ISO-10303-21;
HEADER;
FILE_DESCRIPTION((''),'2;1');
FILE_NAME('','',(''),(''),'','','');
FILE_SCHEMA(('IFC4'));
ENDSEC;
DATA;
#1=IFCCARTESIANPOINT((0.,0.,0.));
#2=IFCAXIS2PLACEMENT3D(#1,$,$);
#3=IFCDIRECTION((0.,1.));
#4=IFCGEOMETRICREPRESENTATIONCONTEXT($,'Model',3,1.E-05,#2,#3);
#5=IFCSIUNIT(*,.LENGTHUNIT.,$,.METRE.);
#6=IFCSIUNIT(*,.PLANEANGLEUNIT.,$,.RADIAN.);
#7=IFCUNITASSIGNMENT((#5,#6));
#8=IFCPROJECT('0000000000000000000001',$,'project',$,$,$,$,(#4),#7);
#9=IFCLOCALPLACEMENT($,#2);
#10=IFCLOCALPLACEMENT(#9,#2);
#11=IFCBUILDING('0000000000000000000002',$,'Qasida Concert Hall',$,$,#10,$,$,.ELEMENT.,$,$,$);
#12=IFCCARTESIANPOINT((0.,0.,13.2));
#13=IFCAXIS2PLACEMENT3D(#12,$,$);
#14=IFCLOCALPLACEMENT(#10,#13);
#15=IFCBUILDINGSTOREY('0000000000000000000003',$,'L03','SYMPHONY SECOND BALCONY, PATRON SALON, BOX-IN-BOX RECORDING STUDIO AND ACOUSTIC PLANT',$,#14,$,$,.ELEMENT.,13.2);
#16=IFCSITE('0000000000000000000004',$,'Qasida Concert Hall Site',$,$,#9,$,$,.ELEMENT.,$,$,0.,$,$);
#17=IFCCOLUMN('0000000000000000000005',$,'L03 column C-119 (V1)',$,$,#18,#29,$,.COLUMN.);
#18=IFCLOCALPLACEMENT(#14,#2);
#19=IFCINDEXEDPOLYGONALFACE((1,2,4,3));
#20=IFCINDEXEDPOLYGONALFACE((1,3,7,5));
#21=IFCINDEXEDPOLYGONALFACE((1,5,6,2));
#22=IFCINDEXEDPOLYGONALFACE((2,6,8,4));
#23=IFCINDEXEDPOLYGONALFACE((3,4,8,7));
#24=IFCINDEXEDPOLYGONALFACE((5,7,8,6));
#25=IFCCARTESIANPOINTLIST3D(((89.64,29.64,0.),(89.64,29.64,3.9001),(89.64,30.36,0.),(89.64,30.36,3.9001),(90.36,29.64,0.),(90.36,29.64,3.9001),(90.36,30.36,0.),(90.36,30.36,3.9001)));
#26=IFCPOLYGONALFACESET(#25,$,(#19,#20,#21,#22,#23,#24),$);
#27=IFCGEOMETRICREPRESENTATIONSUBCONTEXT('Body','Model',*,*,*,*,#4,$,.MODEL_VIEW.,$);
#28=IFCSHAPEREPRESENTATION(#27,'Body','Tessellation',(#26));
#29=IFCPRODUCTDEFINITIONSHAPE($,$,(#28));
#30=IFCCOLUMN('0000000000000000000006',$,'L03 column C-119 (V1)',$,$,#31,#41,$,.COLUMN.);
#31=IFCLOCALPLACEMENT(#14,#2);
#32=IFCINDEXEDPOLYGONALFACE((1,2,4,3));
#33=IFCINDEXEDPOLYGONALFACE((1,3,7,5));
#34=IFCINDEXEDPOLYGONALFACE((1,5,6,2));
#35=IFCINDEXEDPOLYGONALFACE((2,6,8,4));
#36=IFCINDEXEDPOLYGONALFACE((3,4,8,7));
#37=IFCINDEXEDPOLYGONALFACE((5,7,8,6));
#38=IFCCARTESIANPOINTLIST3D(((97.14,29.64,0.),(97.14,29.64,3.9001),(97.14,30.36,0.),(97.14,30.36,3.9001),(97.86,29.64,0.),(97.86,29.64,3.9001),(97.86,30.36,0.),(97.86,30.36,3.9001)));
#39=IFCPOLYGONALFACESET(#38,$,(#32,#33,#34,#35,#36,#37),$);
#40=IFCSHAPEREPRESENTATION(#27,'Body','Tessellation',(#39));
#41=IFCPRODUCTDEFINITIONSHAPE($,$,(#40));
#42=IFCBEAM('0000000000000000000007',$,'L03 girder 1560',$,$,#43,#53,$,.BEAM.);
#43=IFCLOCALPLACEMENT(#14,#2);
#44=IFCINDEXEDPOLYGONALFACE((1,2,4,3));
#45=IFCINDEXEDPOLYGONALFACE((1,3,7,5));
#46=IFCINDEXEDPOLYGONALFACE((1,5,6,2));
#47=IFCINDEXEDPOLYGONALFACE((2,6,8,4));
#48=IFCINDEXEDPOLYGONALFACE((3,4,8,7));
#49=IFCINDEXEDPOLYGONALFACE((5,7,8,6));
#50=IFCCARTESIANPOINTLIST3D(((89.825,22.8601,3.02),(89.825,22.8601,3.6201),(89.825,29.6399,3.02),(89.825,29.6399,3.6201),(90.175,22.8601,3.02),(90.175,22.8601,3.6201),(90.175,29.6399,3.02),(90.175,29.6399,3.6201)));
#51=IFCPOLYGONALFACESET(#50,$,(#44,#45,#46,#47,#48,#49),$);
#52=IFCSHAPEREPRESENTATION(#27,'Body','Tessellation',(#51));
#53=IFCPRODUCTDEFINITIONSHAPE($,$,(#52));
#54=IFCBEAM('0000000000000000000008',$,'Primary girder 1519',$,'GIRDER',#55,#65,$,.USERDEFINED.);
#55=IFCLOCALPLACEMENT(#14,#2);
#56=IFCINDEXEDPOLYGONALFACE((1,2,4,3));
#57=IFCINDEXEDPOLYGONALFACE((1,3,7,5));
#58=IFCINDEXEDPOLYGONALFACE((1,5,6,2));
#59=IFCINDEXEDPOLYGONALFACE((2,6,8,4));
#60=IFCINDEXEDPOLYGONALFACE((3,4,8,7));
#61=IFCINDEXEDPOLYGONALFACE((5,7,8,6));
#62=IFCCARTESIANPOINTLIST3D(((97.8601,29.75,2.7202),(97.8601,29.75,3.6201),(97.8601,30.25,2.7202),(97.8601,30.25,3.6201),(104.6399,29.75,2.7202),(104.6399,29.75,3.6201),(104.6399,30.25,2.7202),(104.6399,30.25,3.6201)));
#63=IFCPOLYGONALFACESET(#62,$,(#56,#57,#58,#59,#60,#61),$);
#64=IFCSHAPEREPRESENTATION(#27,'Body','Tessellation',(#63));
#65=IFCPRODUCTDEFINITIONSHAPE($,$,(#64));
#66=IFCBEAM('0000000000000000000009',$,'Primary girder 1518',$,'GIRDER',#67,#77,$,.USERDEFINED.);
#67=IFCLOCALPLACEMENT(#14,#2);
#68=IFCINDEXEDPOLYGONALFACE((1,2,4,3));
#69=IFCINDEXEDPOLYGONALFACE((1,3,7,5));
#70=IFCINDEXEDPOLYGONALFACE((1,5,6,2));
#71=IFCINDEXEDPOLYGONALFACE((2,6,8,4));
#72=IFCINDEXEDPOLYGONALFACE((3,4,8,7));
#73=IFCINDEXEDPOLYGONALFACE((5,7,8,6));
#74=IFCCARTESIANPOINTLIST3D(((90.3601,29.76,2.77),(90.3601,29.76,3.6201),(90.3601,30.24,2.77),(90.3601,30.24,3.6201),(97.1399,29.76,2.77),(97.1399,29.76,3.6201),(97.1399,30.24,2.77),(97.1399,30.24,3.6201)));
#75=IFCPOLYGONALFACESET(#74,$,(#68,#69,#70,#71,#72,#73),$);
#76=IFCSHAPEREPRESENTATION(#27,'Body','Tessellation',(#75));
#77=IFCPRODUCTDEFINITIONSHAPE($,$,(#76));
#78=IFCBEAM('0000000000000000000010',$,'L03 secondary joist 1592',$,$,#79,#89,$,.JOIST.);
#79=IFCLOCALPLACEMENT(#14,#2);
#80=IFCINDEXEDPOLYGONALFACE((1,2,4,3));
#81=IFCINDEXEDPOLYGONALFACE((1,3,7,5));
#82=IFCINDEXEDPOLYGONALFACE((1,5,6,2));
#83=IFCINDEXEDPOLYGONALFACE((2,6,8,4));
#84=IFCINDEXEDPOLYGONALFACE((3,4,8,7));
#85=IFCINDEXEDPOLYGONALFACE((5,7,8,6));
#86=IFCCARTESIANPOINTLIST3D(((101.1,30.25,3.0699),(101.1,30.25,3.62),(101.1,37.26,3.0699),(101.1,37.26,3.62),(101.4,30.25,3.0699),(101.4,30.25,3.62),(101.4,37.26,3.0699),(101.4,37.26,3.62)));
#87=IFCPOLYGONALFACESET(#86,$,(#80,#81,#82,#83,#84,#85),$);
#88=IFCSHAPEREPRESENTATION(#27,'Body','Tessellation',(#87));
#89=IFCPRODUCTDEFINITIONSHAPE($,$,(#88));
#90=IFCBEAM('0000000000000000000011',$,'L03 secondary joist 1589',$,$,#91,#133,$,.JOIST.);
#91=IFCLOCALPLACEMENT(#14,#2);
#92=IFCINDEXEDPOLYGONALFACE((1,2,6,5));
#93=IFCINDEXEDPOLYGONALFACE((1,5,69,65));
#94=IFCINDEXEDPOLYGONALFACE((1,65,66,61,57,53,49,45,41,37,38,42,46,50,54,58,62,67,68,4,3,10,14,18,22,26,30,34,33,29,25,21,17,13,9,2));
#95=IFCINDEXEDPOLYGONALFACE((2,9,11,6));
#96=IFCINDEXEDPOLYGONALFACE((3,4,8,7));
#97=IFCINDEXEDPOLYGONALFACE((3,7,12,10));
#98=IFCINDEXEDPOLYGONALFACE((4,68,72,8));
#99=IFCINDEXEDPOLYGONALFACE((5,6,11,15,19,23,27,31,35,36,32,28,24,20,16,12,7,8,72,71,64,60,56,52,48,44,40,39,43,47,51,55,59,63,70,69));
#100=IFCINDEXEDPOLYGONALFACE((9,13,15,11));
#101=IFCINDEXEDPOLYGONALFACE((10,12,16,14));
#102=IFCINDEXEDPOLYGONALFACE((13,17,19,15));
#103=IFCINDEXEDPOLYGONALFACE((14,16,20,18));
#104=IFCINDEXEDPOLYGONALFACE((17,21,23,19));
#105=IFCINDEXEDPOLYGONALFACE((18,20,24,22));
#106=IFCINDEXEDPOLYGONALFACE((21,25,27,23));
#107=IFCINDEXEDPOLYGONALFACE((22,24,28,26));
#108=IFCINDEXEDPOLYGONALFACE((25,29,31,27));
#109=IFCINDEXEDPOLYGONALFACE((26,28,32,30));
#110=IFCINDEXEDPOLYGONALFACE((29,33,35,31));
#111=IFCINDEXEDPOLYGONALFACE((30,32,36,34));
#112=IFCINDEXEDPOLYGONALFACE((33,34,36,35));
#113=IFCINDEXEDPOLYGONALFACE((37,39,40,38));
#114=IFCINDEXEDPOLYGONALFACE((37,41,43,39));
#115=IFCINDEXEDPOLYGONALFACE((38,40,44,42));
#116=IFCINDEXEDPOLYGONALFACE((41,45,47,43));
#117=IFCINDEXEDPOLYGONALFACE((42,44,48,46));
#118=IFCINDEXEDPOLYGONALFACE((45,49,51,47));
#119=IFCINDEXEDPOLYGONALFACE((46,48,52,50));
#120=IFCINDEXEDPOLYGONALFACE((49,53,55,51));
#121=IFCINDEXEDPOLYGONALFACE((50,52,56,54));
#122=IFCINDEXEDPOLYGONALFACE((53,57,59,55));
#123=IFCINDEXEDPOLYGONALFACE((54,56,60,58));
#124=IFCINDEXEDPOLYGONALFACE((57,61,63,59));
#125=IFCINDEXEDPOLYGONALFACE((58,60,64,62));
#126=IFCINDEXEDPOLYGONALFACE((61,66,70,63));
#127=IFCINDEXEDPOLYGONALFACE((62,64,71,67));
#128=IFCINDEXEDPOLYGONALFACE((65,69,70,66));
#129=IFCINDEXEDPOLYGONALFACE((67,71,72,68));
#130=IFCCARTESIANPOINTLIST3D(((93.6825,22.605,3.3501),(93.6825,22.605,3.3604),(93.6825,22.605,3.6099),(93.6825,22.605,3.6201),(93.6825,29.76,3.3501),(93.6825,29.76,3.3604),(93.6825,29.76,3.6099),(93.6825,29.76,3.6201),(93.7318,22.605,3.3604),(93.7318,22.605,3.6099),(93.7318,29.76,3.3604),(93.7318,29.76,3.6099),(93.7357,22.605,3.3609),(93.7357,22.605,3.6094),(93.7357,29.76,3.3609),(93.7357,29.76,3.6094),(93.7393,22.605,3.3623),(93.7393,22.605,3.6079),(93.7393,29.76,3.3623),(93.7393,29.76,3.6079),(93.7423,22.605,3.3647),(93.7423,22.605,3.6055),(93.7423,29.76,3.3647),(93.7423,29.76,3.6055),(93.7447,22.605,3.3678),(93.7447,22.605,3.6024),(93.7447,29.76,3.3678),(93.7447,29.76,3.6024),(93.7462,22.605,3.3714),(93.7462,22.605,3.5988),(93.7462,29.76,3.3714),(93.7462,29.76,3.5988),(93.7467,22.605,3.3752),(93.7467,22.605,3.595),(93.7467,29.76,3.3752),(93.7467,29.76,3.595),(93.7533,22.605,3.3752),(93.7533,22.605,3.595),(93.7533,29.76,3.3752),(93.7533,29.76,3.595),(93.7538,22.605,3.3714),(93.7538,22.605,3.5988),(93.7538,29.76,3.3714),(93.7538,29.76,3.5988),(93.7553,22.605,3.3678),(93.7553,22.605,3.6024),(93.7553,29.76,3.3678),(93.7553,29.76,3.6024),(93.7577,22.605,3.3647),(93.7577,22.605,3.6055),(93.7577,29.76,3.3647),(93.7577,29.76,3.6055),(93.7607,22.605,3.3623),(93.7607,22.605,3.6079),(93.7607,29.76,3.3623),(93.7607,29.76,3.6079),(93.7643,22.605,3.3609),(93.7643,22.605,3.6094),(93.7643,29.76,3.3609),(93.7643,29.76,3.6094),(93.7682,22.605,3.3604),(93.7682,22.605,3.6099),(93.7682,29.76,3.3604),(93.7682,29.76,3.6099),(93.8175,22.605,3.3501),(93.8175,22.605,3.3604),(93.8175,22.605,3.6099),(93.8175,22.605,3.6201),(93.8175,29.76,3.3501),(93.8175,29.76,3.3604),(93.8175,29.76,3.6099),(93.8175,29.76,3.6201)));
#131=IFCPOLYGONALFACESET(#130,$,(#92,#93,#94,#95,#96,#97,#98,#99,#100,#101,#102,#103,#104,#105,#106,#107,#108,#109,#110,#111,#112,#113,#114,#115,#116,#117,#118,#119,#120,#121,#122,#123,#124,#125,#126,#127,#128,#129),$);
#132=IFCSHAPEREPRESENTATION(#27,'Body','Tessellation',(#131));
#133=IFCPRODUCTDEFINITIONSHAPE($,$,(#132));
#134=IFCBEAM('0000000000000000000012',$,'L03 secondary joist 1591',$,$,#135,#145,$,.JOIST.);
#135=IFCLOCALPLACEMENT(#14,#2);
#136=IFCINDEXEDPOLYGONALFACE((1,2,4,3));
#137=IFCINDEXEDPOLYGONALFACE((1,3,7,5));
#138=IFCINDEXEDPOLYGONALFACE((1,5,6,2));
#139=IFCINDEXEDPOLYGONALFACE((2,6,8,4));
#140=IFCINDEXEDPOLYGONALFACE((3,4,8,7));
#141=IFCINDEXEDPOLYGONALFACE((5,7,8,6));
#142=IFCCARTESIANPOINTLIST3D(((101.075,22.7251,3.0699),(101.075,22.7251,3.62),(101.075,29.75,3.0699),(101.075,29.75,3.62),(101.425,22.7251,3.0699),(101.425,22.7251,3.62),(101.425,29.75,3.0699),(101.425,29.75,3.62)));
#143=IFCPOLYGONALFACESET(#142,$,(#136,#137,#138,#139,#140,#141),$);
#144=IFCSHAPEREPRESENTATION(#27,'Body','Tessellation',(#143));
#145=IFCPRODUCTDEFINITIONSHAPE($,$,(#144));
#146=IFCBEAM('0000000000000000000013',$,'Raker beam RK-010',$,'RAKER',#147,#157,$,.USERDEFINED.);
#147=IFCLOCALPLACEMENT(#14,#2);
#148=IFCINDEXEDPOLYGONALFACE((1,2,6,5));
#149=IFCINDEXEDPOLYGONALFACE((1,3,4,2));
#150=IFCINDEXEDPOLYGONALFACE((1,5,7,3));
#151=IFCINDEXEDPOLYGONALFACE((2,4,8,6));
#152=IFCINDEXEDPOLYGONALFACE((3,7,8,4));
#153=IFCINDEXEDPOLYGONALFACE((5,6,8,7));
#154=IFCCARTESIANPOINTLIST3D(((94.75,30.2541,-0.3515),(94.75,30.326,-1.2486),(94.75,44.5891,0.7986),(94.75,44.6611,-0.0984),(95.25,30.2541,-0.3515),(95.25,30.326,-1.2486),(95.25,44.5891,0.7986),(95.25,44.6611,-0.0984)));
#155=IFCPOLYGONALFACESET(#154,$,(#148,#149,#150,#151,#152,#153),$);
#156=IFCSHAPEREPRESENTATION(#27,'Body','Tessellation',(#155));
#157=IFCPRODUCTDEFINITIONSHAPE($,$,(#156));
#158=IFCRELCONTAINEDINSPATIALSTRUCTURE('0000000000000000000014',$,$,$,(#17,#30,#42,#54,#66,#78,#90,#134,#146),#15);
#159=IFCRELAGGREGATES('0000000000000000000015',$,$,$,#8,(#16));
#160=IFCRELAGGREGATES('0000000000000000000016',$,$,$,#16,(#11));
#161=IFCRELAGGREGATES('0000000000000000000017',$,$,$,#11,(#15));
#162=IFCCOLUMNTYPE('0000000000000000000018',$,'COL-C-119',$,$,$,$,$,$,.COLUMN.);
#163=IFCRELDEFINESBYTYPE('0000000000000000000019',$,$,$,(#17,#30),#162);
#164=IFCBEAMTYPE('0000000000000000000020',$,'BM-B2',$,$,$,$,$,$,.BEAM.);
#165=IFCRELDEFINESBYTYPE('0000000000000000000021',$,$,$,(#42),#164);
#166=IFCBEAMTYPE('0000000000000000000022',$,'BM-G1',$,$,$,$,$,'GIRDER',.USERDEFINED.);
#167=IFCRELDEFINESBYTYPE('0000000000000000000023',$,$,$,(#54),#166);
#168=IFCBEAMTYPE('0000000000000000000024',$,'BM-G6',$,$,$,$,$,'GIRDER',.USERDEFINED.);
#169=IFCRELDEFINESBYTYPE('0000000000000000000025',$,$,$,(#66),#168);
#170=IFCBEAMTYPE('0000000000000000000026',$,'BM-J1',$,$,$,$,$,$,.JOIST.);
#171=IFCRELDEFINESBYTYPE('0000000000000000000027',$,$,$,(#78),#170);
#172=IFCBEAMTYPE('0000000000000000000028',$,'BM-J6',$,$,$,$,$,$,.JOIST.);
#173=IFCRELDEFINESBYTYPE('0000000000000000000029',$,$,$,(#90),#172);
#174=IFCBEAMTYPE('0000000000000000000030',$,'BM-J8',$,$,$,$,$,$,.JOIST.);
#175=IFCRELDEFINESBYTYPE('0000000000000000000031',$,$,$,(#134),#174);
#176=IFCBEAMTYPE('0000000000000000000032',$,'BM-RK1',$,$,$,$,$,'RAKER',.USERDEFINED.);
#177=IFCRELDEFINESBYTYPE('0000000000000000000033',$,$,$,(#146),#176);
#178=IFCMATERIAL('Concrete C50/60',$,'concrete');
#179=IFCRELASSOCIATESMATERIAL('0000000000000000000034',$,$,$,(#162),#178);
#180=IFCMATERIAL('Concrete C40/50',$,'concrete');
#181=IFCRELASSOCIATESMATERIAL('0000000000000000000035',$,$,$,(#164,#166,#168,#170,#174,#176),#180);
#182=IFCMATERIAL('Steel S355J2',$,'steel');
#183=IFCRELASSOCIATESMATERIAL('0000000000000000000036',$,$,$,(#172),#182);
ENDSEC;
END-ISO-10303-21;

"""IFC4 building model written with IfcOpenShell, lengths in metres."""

from ifc_helpers import new_model, si_unit, direction, frame, origin, origin_2d, place, context, subcontext, project, spatial, rectangle, i_section, extrude, material, material_profile, profile_set, type_object, element, save


model = new_model("IFC4")

# Units and contexts
model_context = context("Model", 3, precision=1e-05, world=origin(), true_north=direction((0.0, 1.0)))
body_context = subcontext(model_context, "Body", "Model", "MODEL_VIEW")
ifc_project = project(units=[si_unit("LENGTHUNIT", "METRE"), si_unit("PLANEANGLEUNIT", "RADIAN")], contexts=[model_context])

# Site, building, storey
site_placement = place(None, origin())
site = spatial("IfcSite", under=ifc_project, at=site_placement, Name="Qasida Concert Hall Site", CompositionType="ELEMENT", RefElevation=0.0)
building_placement = place(site_placement, origin())
building = spatial("IfcBuilding", under=site, at=building_placement, Name="Qasida Concert Hall", CompositionType="ELEMENT")
storey_placement = place(building_placement, frame((0.0, 0.0, 13.2)))
storey = spatial("IfcBuildingStorey", under=building, at=storey_placement, Name="L03", Description="SYMPHONY SECOND BALCONY, PATRON SALON, BOX-IN-BOX RECORDING STUDIO AND ACOUSTIC PLANT", CompositionType="ELEMENT", Elevation=13.2)

# Columns
ifc_material_1 = material(Name="Concrete C50/60", Category="concrete")
ifc_material_profile_1 = material_profile(ifc_material_1, rectangle(XDim=0.72, YDim=0.72, at=origin_2d()), Name="RC 720x720")
ifc_profile_set_1 = profile_set([ifc_material_profile_1], Name="Concrete C50/60")
column_type = type_object("IfcColumnType", Name="COL-C-119", PredefinedType="COLUMN", material=ifc_profile_set_1)
for number, where, z_axis, x_axis, name in (
    (1, (90.0, 30.0, 0.0), (0.0, 0.0, 1.0), (1.0, 0.0, 0.0), "L03 column C-119 (V1)"),
    (2, (97.5, 30.0, 0.0), (0.0, 0.0, 1.0), (1.0, 0.0, 0.0), "L03 column C-119 (V1)"),
):
    element("IfcColumn", number, at=place(storey_placement, frame(where, z_axis=z_axis, x_axis=x_axis)), inside=storey, type_object=column_type, Name=name, PredefinedType="COLUMN", context=body_context, shape_type="SweptSolid", body=[
        extrude(rectangle(XDim=0.72, YDim=0.72, at=origin_2d()), origin(), (0.0, 0.0, 1.0), 3.9001),
    ])

# Beams
ifc_material_2 = material(Name="Concrete C40/50", Category="concrete")
ifc_material_profile_2 = material_profile(ifc_material_2, rectangle(XDim=0.3501, YDim=0.6001, at=origin_2d()), Name="RC 350x600")
ifc_profile_set_2 = profile_set([ifc_material_profile_2], Name="Concrete C40/50")
beam_type_1 = type_object("IfcBeamType", Name="BM-B2", PredefinedType="BEAM", material=ifc_profile_set_2)
beam_1_placement = place(storey_placement, frame((90.0, 22.8601, 3.3201), z_axis=(0.0, 1.0, 0.0), x_axis=(-1.0, 0.0, 0.0)))
element("IfcBeam", 3, at=beam_1_placement, inside=storey, type_object=beam_type_1, Name="L03 girder 1560", PredefinedType="BEAM", context=body_context, shape_type="SweptSolid", body=[
    extrude(rectangle(XDim=0.3501, YDim=0.6001, at=origin_2d()), origin(), (0.0, 0.0, 1.0), 6.7798),
])
ifc_material_profile_3 = material_profile(ifc_material_2, rectangle(XDim=0.5, YDim=0.8999, at=origin_2d()), Name="RC 500x900")
ifc_profile_set_3 = profile_set([ifc_material_profile_3], Name="Concrete C40/50")
beam_type_2 = type_object("IfcBeamType", Name="BM-G1", ElementType="GIRDER", PredefinedType="USERDEFINED", material=ifc_profile_set_3)
beam_2_placement = place(storey_placement, frame((97.8601, 30.0, 3.1702), z_axis=(1.0, 0.0, 0.0), x_axis=(0.0, 1.0, 0.0)))
element("IfcBeam", 4, at=beam_2_placement, inside=storey, type_object=beam_type_2, Name="Primary girder 1519", ObjectType="GIRDER", PredefinedType="USERDEFINED", context=body_context, shape_type="SweptSolid", body=[
    extrude(rectangle(XDim=0.5, YDim=0.8999, at=origin_2d()), origin(), (0.0, 0.0, 1.0), 6.7798),
])
ifc_material_profile_4 = material_profile(ifc_material_2, rectangle(XDim=0.48, YDim=0.8501, at=origin_2d()), Name="RC 480x850")
ifc_profile_set_4 = profile_set([ifc_material_profile_4], Name="Concrete C40/50")
beam_type_3 = type_object("IfcBeamType", Name="BM-G6", ElementType="GIRDER", PredefinedType="USERDEFINED", material=ifc_profile_set_4)
beam_3_placement = place(storey_placement, frame((90.3601, 30.0, 3.1951), z_axis=(1.0, 0.0, 0.0), x_axis=(0.0, 1.0, 0.0)))
element("IfcBeam", 5, at=beam_3_placement, inside=storey, type_object=beam_type_3, Name="Primary girder 1518", ObjectType="GIRDER", PredefinedType="USERDEFINED", context=body_context, shape_type="SweptSolid", body=[
    extrude(rectangle(XDim=0.48, YDim=0.8501, at=origin_2d()), origin(), (0.0, 0.0, 1.0), 6.7798),
])
ifc_material_profile_5 = material_profile(ifc_material_2, rectangle(XDim=0.3, YDim=0.55, at=origin_2d()), Name="RC 300x550")
ifc_profile_set_5 = profile_set([ifc_material_profile_5], Name="Concrete C40/50")
beam_type_4 = type_object("IfcBeamType", Name="BM-J1", PredefinedType="JOIST", material=ifc_profile_set_5)
beam_4_placement = place(storey_placement, frame((101.25, 30.25, 3.345), z_axis=(0.0, 1.0, 0.0), x_axis=(-1.0, 0.0, 0.0)))
element("IfcBeam", 6, at=beam_4_placement, inside=storey, type_object=beam_type_4, Name="L03 secondary joist 1592", PredefinedType="JOIST", context=body_context, shape_type="SweptSolid", body=[
    extrude(rectangle(XDim=0.3, YDim=0.55, at=origin_2d()), origin(), (0.0, 0.0, 1.0), 7.01),
])
ifc_material_3 = material(Name="Steel S355J2", Category="steel")
ifc_material_profile_6 = material_profile(ifc_material_3, i_section(OverallWidth=0.135, OverallDepth=0.27, WebThickness=0.0066, FlangeThickness=0.0103, FilletRadius=0.0149, at=origin_2d()), Name="IPE 270")
ifc_profile_set_6 = profile_set([ifc_material_profile_6], Name="Steel S355J2")
beam_type_5 = type_object("IfcBeamType", Name="BM-J6", PredefinedType="JOIST", material=ifc_profile_set_6)
beam_5_placement = place(storey_placement, frame((93.75, 22.605, 3.4851), z_axis=(0.0, 1.0, 0.0), x_axis=(-1.0, 0.0, 0.0)))
element("IfcBeam", 7, at=beam_5_placement, inside=storey, type_object=beam_type_5, Name="L03 secondary joist 1589", PredefinedType="JOIST", context=body_context, shape_type="SweptSolid", body=[
    extrude(i_section(OverallWidth=0.135, OverallDepth=0.27, WebThickness=0.0066, FlangeThickness=0.0103, FilletRadius=0.0149, at=origin_2d()), origin(), (0.0, 0.0, 1.0), 7.155),
])
ifc_material_profile_7 = material_profile(ifc_material_2, rectangle(XDim=0.3501, YDim=0.55, at=origin_2d()), Name="RC 350x550")
ifc_profile_set_7 = profile_set([ifc_material_profile_7], Name="Concrete C40/50")
beam_type_6 = type_object("IfcBeamType", Name="BM-J8", PredefinedType="JOIST", material=ifc_profile_set_7)
beam_6_placement = place(storey_placement, frame((101.25, 22.7251, 3.345), z_axis=(0.0, 1.0, 0.0), x_axis=(-1.0, 0.0, 0.0)))
element("IfcBeam", 8, at=beam_6_placement, inside=storey, type_object=beam_type_6, Name="L03 secondary joist 1591", PredefinedType="JOIST", context=body_context, shape_type="SweptSolid", body=[
    extrude(rectangle(XDim=0.3501, YDim=0.55, at=origin_2d()), origin(), (0.0, 0.0, 1.0), 7.0249),
])
ifc_material_profile_8 = material_profile(ifc_material_2, rectangle(XDim=0.5, YDim=0.8999, at=origin_2d()), Name="RC 500x900")
ifc_profile_set_8 = profile_set([ifc_material_profile_8], Name="Concrete C40/50")
beam_type_7 = type_object("IfcBeamType", Name="BM-RK1", ElementType="RAKER", PredefinedType="USERDEFINED", material=ifc_profile_set_8)
beam_7_placement = place(storey_placement, frame((95.0, 30.29, -0.8), z_axis=(0.0, 0.996797, 0.079977), x_axis=(-1.0, 0.0, 0.0)))
element("IfcBeam", 9, at=beam_7_placement, inside=storey, type_object=beam_type_7, Name="Raker beam RK-010", ObjectType="RAKER", PredefinedType="USERDEFINED", context=body_context, shape_type="SweptSolid", body=[
    extrude(rectangle(XDim=0.5, YDim=0.8999, at=origin_2d()), origin(), (0.0, 0.0, 1.0), 14.3811),
])

save(model, "model.ifc")
